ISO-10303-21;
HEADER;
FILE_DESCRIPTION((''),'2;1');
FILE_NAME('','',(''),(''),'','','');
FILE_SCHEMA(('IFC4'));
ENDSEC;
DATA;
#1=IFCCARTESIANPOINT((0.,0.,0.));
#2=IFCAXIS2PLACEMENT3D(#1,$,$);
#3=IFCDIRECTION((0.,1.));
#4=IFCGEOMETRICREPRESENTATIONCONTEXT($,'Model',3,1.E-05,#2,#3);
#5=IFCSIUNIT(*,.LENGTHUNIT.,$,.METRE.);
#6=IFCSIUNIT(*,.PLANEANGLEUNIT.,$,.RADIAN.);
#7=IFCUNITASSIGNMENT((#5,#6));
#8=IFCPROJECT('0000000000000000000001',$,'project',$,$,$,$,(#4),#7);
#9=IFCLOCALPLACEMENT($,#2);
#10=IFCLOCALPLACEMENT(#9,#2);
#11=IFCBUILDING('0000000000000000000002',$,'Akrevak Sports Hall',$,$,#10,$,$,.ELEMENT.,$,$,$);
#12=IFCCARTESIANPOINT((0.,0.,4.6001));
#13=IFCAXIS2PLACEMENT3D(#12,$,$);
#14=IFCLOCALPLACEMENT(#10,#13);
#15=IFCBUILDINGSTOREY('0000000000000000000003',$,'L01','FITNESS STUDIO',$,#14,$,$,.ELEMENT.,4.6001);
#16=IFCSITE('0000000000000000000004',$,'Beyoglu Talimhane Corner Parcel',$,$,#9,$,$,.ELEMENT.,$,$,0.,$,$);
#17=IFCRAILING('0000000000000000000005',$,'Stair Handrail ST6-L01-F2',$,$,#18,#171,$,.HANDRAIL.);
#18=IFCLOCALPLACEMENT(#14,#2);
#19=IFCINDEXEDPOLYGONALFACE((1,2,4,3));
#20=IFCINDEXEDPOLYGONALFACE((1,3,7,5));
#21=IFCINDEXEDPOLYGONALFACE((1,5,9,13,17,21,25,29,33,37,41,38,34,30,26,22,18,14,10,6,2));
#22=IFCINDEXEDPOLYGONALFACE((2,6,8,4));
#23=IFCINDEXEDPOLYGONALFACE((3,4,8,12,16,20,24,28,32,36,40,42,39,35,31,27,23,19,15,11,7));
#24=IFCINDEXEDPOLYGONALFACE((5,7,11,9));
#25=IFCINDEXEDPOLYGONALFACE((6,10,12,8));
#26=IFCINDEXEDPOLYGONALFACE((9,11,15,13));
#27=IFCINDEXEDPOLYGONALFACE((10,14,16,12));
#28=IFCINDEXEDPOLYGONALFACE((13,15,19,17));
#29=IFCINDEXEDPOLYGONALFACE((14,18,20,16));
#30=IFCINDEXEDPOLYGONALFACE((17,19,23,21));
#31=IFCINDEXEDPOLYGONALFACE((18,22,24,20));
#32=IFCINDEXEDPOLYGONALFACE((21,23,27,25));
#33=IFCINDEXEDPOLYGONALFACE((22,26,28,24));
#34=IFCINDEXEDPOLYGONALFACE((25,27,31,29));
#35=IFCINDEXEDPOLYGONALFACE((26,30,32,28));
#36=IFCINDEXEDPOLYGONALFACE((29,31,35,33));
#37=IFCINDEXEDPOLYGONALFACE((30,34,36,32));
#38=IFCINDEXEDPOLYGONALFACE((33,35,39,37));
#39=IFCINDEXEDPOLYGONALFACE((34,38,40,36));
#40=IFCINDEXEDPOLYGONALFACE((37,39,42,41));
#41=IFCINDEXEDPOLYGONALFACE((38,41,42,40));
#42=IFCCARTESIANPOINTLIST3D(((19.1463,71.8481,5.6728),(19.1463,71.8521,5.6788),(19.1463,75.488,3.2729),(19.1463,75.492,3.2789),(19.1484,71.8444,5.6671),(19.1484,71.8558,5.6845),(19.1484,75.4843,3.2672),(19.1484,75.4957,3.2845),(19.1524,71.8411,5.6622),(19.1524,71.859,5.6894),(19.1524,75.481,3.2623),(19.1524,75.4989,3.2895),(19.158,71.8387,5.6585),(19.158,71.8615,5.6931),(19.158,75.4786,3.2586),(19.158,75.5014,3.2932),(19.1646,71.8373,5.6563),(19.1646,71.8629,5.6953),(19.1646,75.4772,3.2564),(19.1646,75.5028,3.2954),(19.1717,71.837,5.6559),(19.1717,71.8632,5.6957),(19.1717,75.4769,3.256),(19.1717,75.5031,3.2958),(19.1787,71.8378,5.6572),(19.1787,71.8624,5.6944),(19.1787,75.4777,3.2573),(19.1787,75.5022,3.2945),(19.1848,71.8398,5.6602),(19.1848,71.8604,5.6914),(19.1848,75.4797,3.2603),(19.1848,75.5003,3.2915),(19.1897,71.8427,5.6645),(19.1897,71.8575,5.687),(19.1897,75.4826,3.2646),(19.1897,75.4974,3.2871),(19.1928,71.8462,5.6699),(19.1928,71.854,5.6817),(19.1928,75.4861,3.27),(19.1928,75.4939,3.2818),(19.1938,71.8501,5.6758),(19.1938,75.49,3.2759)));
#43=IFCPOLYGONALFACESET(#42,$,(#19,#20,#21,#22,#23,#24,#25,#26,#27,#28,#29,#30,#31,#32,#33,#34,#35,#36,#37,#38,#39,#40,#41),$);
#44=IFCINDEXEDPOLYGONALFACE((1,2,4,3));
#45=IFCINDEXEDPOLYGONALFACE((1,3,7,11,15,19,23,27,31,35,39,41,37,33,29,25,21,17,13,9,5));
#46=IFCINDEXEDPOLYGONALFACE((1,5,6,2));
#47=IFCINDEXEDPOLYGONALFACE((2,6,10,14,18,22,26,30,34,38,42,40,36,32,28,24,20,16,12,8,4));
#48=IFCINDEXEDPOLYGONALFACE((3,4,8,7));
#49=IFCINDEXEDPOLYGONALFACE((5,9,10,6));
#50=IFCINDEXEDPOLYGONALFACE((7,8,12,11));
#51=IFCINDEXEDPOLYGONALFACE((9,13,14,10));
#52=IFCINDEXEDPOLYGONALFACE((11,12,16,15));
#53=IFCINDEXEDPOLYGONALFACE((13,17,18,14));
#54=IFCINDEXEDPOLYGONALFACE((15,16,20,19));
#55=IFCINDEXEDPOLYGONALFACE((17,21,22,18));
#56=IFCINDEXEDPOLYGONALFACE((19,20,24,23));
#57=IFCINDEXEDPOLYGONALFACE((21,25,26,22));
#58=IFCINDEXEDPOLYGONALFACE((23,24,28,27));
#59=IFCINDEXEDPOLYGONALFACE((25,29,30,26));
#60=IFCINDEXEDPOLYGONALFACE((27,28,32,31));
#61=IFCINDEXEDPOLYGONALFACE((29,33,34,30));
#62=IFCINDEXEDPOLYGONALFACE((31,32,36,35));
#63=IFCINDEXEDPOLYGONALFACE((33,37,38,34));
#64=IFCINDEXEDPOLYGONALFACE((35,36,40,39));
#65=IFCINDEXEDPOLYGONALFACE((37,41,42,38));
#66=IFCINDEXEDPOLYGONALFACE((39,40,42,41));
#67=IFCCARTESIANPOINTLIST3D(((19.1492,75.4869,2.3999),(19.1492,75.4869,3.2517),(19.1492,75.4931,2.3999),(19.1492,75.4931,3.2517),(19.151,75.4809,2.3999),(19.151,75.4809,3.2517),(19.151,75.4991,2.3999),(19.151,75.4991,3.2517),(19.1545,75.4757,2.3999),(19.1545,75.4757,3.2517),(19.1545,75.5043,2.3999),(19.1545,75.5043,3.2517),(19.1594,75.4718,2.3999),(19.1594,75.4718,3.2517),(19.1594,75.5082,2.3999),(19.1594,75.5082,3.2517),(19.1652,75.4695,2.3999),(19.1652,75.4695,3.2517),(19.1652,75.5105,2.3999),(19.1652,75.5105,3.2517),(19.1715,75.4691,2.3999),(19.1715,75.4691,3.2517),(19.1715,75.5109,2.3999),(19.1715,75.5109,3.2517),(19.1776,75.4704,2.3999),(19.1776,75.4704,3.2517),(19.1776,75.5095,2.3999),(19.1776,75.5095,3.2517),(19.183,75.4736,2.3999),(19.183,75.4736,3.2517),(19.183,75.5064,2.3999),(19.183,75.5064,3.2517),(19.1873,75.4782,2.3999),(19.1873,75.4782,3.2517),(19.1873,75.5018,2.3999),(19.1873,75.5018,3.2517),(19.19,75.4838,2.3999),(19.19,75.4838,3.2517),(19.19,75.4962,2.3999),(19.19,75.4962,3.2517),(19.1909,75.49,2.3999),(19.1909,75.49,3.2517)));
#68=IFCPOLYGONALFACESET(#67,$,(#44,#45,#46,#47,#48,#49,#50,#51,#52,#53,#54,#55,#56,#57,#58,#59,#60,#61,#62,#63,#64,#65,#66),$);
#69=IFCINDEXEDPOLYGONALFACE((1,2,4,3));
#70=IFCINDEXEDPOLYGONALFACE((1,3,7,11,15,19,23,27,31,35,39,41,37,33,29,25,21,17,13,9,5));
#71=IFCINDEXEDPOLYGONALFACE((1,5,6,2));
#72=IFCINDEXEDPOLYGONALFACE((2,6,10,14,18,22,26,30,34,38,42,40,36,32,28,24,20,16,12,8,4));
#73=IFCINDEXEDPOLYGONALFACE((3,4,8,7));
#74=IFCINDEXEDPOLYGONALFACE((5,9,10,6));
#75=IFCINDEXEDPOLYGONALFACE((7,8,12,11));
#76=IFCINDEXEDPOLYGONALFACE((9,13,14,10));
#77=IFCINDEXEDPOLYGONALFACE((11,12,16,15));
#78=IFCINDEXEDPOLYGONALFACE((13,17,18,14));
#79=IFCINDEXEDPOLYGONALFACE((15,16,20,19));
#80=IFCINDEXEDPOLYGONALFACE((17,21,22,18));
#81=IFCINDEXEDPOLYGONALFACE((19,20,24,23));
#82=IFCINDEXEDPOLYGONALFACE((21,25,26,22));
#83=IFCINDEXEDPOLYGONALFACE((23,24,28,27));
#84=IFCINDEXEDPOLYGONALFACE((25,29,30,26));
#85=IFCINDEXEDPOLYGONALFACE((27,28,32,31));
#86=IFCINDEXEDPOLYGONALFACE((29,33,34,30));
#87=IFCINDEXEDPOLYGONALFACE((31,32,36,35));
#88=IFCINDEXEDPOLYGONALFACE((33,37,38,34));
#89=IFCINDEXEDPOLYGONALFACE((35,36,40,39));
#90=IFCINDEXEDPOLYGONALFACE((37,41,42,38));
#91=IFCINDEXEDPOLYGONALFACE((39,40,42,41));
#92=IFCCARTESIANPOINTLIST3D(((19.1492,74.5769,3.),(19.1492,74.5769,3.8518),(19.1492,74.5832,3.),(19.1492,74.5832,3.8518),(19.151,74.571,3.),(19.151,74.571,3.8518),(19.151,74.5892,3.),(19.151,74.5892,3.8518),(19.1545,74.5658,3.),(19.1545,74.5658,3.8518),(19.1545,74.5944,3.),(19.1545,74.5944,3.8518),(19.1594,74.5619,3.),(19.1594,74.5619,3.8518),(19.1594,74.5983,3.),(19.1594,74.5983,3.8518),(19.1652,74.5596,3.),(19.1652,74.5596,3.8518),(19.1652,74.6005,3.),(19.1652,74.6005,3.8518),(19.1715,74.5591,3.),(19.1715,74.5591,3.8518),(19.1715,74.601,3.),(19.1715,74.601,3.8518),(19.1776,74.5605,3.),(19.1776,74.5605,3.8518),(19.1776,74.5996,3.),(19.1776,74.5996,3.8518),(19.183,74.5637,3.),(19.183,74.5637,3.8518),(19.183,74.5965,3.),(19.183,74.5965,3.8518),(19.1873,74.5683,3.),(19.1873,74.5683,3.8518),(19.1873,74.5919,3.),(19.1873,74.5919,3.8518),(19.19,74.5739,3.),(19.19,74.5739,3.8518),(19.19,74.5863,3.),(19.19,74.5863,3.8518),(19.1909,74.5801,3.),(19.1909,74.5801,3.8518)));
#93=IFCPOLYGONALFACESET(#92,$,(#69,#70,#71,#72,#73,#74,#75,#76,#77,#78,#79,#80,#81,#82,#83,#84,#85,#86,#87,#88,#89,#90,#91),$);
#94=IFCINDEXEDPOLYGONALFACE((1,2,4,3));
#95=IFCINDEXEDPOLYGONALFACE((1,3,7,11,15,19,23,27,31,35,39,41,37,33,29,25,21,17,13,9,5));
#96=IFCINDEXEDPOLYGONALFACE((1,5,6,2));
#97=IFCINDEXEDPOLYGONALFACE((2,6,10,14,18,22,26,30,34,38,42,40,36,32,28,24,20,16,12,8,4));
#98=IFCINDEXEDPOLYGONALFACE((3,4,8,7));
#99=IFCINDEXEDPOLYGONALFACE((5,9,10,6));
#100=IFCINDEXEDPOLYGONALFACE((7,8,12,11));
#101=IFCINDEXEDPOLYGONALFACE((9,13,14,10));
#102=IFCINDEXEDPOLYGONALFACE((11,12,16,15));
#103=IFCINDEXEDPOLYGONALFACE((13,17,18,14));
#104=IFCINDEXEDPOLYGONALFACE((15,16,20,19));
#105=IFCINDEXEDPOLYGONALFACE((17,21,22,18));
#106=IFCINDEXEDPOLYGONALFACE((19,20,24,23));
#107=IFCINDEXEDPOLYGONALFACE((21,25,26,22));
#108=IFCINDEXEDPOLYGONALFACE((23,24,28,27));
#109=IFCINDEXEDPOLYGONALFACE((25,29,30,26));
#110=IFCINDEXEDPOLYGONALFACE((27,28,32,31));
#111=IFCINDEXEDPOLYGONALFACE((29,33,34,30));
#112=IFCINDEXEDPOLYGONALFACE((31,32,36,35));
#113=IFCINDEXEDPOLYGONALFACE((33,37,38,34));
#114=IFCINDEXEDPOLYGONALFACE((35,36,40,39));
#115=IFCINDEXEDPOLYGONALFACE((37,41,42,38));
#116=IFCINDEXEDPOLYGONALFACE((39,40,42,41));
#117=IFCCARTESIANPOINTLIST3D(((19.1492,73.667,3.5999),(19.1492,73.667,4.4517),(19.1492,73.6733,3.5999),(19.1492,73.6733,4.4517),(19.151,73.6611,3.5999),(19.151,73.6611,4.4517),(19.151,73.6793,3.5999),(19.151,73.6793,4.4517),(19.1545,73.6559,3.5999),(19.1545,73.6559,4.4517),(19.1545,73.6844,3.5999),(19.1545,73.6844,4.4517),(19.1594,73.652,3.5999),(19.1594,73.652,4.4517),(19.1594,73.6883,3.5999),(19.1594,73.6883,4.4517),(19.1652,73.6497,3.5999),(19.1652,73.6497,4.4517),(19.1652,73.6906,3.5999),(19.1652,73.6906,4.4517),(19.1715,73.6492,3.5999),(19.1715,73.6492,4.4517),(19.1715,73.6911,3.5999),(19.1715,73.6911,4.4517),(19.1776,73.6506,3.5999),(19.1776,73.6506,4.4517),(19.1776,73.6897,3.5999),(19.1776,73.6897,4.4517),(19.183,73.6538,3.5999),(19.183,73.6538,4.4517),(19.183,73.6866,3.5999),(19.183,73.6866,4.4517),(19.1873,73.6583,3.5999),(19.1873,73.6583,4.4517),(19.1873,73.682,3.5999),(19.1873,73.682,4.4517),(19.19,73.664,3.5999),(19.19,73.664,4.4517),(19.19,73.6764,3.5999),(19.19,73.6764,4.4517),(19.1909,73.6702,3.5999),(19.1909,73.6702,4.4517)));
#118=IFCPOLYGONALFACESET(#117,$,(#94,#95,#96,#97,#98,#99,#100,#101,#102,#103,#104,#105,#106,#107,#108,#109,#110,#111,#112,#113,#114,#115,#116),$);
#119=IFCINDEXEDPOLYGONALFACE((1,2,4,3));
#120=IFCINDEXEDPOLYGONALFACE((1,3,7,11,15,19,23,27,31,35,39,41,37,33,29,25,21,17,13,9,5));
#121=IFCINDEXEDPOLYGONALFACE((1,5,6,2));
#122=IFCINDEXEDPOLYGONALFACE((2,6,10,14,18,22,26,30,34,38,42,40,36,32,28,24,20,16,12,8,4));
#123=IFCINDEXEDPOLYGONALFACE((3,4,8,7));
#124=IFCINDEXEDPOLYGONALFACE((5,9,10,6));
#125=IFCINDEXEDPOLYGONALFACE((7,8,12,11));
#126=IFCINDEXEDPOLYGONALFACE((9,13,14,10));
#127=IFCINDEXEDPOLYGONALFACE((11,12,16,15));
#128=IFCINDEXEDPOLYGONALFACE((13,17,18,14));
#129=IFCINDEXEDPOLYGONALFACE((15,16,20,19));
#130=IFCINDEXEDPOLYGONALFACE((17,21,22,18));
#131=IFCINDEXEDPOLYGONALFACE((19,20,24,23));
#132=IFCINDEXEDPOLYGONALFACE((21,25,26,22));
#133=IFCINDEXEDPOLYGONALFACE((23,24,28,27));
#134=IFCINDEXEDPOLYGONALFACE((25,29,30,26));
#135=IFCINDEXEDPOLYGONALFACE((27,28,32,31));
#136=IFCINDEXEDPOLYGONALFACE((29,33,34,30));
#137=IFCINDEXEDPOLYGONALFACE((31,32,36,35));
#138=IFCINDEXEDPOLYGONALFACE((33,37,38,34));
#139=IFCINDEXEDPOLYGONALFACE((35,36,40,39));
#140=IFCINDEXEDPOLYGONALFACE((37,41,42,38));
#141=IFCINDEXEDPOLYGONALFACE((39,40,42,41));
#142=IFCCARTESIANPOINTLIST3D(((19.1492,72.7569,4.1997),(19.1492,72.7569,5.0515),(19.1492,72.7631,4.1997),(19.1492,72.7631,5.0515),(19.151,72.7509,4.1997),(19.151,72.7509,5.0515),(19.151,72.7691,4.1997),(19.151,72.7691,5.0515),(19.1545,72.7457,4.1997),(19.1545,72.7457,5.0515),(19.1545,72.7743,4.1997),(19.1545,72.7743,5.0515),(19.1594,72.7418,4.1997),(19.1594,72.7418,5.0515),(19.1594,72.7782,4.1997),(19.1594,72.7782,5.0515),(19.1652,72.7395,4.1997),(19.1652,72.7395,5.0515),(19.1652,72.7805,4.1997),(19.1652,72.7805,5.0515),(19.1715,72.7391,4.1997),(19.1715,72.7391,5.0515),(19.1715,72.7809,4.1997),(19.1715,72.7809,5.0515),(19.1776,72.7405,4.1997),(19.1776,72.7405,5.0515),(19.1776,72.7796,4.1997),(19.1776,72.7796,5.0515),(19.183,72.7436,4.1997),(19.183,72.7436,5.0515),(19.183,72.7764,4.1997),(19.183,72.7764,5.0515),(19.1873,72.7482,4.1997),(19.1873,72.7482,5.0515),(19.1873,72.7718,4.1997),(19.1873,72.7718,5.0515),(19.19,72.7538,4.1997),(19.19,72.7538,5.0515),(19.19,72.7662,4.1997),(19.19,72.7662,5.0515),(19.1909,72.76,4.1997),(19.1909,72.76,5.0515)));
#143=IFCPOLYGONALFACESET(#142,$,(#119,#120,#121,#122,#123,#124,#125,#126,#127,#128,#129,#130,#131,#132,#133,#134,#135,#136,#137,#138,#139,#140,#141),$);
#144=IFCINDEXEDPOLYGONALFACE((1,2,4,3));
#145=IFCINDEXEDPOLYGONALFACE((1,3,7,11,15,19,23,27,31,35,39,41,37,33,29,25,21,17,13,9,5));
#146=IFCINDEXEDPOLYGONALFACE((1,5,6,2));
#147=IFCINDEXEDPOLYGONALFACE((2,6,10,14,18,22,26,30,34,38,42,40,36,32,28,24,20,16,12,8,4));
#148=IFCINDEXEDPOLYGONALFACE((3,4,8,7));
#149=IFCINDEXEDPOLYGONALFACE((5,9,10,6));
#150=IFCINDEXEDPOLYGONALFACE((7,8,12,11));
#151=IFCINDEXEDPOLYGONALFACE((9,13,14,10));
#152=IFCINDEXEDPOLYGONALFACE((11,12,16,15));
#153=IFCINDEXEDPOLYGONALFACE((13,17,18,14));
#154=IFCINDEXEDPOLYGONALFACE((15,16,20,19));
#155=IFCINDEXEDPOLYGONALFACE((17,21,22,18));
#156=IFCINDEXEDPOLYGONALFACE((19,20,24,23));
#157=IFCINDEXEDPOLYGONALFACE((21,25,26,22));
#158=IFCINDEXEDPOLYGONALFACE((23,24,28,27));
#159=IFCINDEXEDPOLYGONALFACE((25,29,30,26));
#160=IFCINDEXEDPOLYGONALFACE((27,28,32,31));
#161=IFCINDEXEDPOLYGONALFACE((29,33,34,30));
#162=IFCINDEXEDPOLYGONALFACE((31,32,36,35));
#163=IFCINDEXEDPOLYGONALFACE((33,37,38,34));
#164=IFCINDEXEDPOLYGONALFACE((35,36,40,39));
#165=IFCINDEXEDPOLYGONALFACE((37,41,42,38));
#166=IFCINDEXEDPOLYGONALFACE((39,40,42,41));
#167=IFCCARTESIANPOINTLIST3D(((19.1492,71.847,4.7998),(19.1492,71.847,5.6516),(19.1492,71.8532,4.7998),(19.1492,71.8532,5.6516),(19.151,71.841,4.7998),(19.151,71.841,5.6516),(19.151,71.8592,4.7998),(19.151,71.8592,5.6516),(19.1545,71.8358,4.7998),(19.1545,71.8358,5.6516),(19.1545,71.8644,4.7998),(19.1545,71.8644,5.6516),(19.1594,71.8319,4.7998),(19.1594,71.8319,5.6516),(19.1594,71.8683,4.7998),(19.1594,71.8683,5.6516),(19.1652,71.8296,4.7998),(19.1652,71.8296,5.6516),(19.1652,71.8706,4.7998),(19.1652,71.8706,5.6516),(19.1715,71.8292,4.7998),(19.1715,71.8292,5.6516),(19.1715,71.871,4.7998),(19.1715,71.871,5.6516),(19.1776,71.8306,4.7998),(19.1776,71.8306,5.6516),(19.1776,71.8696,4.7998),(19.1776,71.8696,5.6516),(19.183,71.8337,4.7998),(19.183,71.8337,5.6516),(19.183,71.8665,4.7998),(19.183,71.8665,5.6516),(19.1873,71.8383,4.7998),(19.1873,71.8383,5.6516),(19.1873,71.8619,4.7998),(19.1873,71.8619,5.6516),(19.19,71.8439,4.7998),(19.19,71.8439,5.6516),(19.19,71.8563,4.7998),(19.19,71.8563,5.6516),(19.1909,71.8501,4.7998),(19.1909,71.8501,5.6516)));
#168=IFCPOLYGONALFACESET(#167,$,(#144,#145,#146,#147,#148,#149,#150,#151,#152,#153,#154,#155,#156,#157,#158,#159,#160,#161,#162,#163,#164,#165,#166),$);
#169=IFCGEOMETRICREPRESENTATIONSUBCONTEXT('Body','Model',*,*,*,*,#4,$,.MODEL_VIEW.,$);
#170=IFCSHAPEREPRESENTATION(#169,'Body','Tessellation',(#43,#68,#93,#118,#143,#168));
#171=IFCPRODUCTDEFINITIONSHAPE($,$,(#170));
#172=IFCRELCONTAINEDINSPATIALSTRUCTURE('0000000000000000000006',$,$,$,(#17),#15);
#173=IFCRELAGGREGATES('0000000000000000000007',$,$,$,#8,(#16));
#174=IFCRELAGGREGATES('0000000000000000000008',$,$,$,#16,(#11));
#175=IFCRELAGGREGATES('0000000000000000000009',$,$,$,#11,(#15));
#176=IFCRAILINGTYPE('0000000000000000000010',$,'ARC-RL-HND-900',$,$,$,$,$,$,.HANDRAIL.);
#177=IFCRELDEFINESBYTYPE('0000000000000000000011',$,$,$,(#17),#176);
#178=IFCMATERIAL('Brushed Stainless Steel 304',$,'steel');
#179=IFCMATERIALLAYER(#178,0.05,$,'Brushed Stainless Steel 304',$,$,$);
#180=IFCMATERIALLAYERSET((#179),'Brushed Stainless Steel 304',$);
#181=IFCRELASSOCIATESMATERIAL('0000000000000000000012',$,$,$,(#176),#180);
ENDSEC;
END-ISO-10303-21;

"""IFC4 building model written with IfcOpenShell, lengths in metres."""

from ifc_helpers import new_model, si_unit, direction, frame, origin, origin_2d, place, context, subcontext, project, spatial, circle, extrude, material, layer, layer_set, type_object, element, save


model = new_model("IFC4")

# Units and contexts
model_context = context("Model", 3, precision=1e-05, world=origin(), true_north=direction((0.0, 1.0)))
body_context = subcontext(model_context, "Body", "Model", "MODEL_VIEW")
ifc_project = project(units=[si_unit("LENGTHUNIT", "METRE"), si_unit("PLANEANGLEUNIT", "RADIAN")], contexts=[model_context])

# Site, building, storey
site_placement = place(None, origin())
site = spatial("IfcSite", under=ifc_project, at=site_placement, Name="Beyoglu Talimhane Corner Parcel", CompositionType="ELEMENT", RefElevation=0.0)
building_placement = place(site_placement, origin())
building = spatial("IfcBuilding", under=site, at=building_placement, Name="Akrevak Sports Hall", CompositionType="ELEMENT")
storey_placement = place(building_placement, frame((0.0, 0.0, 4.6001)))
storey = spatial("IfcBuildingStorey", under=building, at=storey_placement, Name="L01", Description="FITNESS STUDIO", CompositionType="ELEMENT", Elevation=4.6001)

# Railing
ifc_material_1 = material(Name="Brushed Stainless Steel 304", Category="steel")
ifc_layer_1 = layer(ifc_material_1, 0.05, Name="Brushed Stainless Steel 304")
ifc_layer_set_1 = layer_set([ifc_layer_1], Name="Brushed Stainless Steel 304")
railing_type_1 = type_object("IfcRailingType", Name="ARC-RL-HND-900", PredefinedType="HANDRAIL", material=ifc_layer_set_1)
railing_1_placement = place(storey_placement, frame((19.1699, 75.49, 2.3999)))
element("IfcRailing", 1, at=railing_1_placement, inside=storey, type_object=railing_type_1, Name="Stair Handrail ST6-L01-F2", PredefinedType="HANDRAIL", context=body_context, shape_type="SweptSolid", body=[
    extrude(circle(Radius=0.0239, at=origin_2d()), frame((0.0, 0.0, 0.876), z_axis=(0.0, -0.834865, 0.550454), x_axis=(1.0, 0.0, 0.0)), (0.0, 0.0, 1.0), 4.3599),
    extrude(circle(Radius=0.021, at=origin_2d()), origin(), (0.0, 0.0, 1.0), 0.8518),
    extrude(circle(Radius=0.021, at=origin_2d()), frame((0.0, -0.9099, 0.6001)), (0.0, 0.0, 1.0), 0.8518),
    extrude(circle(Radius=0.021, at=origin_2d()), frame((0.0, -1.8198, 1.2)), (0.0, 0.0, 1.0), 0.8518),
    extrude(circle(Radius=0.021, at=origin_2d()), frame((0.0, -2.73, 1.7998)), (0.0, 0.0, 1.0), 0.8518),
    extrude(circle(Radius=0.021, at=origin_2d()), frame((0.0, -3.6399, 2.3999)), (0.0, 0.0, 1.0), 0.8518),
])

save(model, "model.ifc")
